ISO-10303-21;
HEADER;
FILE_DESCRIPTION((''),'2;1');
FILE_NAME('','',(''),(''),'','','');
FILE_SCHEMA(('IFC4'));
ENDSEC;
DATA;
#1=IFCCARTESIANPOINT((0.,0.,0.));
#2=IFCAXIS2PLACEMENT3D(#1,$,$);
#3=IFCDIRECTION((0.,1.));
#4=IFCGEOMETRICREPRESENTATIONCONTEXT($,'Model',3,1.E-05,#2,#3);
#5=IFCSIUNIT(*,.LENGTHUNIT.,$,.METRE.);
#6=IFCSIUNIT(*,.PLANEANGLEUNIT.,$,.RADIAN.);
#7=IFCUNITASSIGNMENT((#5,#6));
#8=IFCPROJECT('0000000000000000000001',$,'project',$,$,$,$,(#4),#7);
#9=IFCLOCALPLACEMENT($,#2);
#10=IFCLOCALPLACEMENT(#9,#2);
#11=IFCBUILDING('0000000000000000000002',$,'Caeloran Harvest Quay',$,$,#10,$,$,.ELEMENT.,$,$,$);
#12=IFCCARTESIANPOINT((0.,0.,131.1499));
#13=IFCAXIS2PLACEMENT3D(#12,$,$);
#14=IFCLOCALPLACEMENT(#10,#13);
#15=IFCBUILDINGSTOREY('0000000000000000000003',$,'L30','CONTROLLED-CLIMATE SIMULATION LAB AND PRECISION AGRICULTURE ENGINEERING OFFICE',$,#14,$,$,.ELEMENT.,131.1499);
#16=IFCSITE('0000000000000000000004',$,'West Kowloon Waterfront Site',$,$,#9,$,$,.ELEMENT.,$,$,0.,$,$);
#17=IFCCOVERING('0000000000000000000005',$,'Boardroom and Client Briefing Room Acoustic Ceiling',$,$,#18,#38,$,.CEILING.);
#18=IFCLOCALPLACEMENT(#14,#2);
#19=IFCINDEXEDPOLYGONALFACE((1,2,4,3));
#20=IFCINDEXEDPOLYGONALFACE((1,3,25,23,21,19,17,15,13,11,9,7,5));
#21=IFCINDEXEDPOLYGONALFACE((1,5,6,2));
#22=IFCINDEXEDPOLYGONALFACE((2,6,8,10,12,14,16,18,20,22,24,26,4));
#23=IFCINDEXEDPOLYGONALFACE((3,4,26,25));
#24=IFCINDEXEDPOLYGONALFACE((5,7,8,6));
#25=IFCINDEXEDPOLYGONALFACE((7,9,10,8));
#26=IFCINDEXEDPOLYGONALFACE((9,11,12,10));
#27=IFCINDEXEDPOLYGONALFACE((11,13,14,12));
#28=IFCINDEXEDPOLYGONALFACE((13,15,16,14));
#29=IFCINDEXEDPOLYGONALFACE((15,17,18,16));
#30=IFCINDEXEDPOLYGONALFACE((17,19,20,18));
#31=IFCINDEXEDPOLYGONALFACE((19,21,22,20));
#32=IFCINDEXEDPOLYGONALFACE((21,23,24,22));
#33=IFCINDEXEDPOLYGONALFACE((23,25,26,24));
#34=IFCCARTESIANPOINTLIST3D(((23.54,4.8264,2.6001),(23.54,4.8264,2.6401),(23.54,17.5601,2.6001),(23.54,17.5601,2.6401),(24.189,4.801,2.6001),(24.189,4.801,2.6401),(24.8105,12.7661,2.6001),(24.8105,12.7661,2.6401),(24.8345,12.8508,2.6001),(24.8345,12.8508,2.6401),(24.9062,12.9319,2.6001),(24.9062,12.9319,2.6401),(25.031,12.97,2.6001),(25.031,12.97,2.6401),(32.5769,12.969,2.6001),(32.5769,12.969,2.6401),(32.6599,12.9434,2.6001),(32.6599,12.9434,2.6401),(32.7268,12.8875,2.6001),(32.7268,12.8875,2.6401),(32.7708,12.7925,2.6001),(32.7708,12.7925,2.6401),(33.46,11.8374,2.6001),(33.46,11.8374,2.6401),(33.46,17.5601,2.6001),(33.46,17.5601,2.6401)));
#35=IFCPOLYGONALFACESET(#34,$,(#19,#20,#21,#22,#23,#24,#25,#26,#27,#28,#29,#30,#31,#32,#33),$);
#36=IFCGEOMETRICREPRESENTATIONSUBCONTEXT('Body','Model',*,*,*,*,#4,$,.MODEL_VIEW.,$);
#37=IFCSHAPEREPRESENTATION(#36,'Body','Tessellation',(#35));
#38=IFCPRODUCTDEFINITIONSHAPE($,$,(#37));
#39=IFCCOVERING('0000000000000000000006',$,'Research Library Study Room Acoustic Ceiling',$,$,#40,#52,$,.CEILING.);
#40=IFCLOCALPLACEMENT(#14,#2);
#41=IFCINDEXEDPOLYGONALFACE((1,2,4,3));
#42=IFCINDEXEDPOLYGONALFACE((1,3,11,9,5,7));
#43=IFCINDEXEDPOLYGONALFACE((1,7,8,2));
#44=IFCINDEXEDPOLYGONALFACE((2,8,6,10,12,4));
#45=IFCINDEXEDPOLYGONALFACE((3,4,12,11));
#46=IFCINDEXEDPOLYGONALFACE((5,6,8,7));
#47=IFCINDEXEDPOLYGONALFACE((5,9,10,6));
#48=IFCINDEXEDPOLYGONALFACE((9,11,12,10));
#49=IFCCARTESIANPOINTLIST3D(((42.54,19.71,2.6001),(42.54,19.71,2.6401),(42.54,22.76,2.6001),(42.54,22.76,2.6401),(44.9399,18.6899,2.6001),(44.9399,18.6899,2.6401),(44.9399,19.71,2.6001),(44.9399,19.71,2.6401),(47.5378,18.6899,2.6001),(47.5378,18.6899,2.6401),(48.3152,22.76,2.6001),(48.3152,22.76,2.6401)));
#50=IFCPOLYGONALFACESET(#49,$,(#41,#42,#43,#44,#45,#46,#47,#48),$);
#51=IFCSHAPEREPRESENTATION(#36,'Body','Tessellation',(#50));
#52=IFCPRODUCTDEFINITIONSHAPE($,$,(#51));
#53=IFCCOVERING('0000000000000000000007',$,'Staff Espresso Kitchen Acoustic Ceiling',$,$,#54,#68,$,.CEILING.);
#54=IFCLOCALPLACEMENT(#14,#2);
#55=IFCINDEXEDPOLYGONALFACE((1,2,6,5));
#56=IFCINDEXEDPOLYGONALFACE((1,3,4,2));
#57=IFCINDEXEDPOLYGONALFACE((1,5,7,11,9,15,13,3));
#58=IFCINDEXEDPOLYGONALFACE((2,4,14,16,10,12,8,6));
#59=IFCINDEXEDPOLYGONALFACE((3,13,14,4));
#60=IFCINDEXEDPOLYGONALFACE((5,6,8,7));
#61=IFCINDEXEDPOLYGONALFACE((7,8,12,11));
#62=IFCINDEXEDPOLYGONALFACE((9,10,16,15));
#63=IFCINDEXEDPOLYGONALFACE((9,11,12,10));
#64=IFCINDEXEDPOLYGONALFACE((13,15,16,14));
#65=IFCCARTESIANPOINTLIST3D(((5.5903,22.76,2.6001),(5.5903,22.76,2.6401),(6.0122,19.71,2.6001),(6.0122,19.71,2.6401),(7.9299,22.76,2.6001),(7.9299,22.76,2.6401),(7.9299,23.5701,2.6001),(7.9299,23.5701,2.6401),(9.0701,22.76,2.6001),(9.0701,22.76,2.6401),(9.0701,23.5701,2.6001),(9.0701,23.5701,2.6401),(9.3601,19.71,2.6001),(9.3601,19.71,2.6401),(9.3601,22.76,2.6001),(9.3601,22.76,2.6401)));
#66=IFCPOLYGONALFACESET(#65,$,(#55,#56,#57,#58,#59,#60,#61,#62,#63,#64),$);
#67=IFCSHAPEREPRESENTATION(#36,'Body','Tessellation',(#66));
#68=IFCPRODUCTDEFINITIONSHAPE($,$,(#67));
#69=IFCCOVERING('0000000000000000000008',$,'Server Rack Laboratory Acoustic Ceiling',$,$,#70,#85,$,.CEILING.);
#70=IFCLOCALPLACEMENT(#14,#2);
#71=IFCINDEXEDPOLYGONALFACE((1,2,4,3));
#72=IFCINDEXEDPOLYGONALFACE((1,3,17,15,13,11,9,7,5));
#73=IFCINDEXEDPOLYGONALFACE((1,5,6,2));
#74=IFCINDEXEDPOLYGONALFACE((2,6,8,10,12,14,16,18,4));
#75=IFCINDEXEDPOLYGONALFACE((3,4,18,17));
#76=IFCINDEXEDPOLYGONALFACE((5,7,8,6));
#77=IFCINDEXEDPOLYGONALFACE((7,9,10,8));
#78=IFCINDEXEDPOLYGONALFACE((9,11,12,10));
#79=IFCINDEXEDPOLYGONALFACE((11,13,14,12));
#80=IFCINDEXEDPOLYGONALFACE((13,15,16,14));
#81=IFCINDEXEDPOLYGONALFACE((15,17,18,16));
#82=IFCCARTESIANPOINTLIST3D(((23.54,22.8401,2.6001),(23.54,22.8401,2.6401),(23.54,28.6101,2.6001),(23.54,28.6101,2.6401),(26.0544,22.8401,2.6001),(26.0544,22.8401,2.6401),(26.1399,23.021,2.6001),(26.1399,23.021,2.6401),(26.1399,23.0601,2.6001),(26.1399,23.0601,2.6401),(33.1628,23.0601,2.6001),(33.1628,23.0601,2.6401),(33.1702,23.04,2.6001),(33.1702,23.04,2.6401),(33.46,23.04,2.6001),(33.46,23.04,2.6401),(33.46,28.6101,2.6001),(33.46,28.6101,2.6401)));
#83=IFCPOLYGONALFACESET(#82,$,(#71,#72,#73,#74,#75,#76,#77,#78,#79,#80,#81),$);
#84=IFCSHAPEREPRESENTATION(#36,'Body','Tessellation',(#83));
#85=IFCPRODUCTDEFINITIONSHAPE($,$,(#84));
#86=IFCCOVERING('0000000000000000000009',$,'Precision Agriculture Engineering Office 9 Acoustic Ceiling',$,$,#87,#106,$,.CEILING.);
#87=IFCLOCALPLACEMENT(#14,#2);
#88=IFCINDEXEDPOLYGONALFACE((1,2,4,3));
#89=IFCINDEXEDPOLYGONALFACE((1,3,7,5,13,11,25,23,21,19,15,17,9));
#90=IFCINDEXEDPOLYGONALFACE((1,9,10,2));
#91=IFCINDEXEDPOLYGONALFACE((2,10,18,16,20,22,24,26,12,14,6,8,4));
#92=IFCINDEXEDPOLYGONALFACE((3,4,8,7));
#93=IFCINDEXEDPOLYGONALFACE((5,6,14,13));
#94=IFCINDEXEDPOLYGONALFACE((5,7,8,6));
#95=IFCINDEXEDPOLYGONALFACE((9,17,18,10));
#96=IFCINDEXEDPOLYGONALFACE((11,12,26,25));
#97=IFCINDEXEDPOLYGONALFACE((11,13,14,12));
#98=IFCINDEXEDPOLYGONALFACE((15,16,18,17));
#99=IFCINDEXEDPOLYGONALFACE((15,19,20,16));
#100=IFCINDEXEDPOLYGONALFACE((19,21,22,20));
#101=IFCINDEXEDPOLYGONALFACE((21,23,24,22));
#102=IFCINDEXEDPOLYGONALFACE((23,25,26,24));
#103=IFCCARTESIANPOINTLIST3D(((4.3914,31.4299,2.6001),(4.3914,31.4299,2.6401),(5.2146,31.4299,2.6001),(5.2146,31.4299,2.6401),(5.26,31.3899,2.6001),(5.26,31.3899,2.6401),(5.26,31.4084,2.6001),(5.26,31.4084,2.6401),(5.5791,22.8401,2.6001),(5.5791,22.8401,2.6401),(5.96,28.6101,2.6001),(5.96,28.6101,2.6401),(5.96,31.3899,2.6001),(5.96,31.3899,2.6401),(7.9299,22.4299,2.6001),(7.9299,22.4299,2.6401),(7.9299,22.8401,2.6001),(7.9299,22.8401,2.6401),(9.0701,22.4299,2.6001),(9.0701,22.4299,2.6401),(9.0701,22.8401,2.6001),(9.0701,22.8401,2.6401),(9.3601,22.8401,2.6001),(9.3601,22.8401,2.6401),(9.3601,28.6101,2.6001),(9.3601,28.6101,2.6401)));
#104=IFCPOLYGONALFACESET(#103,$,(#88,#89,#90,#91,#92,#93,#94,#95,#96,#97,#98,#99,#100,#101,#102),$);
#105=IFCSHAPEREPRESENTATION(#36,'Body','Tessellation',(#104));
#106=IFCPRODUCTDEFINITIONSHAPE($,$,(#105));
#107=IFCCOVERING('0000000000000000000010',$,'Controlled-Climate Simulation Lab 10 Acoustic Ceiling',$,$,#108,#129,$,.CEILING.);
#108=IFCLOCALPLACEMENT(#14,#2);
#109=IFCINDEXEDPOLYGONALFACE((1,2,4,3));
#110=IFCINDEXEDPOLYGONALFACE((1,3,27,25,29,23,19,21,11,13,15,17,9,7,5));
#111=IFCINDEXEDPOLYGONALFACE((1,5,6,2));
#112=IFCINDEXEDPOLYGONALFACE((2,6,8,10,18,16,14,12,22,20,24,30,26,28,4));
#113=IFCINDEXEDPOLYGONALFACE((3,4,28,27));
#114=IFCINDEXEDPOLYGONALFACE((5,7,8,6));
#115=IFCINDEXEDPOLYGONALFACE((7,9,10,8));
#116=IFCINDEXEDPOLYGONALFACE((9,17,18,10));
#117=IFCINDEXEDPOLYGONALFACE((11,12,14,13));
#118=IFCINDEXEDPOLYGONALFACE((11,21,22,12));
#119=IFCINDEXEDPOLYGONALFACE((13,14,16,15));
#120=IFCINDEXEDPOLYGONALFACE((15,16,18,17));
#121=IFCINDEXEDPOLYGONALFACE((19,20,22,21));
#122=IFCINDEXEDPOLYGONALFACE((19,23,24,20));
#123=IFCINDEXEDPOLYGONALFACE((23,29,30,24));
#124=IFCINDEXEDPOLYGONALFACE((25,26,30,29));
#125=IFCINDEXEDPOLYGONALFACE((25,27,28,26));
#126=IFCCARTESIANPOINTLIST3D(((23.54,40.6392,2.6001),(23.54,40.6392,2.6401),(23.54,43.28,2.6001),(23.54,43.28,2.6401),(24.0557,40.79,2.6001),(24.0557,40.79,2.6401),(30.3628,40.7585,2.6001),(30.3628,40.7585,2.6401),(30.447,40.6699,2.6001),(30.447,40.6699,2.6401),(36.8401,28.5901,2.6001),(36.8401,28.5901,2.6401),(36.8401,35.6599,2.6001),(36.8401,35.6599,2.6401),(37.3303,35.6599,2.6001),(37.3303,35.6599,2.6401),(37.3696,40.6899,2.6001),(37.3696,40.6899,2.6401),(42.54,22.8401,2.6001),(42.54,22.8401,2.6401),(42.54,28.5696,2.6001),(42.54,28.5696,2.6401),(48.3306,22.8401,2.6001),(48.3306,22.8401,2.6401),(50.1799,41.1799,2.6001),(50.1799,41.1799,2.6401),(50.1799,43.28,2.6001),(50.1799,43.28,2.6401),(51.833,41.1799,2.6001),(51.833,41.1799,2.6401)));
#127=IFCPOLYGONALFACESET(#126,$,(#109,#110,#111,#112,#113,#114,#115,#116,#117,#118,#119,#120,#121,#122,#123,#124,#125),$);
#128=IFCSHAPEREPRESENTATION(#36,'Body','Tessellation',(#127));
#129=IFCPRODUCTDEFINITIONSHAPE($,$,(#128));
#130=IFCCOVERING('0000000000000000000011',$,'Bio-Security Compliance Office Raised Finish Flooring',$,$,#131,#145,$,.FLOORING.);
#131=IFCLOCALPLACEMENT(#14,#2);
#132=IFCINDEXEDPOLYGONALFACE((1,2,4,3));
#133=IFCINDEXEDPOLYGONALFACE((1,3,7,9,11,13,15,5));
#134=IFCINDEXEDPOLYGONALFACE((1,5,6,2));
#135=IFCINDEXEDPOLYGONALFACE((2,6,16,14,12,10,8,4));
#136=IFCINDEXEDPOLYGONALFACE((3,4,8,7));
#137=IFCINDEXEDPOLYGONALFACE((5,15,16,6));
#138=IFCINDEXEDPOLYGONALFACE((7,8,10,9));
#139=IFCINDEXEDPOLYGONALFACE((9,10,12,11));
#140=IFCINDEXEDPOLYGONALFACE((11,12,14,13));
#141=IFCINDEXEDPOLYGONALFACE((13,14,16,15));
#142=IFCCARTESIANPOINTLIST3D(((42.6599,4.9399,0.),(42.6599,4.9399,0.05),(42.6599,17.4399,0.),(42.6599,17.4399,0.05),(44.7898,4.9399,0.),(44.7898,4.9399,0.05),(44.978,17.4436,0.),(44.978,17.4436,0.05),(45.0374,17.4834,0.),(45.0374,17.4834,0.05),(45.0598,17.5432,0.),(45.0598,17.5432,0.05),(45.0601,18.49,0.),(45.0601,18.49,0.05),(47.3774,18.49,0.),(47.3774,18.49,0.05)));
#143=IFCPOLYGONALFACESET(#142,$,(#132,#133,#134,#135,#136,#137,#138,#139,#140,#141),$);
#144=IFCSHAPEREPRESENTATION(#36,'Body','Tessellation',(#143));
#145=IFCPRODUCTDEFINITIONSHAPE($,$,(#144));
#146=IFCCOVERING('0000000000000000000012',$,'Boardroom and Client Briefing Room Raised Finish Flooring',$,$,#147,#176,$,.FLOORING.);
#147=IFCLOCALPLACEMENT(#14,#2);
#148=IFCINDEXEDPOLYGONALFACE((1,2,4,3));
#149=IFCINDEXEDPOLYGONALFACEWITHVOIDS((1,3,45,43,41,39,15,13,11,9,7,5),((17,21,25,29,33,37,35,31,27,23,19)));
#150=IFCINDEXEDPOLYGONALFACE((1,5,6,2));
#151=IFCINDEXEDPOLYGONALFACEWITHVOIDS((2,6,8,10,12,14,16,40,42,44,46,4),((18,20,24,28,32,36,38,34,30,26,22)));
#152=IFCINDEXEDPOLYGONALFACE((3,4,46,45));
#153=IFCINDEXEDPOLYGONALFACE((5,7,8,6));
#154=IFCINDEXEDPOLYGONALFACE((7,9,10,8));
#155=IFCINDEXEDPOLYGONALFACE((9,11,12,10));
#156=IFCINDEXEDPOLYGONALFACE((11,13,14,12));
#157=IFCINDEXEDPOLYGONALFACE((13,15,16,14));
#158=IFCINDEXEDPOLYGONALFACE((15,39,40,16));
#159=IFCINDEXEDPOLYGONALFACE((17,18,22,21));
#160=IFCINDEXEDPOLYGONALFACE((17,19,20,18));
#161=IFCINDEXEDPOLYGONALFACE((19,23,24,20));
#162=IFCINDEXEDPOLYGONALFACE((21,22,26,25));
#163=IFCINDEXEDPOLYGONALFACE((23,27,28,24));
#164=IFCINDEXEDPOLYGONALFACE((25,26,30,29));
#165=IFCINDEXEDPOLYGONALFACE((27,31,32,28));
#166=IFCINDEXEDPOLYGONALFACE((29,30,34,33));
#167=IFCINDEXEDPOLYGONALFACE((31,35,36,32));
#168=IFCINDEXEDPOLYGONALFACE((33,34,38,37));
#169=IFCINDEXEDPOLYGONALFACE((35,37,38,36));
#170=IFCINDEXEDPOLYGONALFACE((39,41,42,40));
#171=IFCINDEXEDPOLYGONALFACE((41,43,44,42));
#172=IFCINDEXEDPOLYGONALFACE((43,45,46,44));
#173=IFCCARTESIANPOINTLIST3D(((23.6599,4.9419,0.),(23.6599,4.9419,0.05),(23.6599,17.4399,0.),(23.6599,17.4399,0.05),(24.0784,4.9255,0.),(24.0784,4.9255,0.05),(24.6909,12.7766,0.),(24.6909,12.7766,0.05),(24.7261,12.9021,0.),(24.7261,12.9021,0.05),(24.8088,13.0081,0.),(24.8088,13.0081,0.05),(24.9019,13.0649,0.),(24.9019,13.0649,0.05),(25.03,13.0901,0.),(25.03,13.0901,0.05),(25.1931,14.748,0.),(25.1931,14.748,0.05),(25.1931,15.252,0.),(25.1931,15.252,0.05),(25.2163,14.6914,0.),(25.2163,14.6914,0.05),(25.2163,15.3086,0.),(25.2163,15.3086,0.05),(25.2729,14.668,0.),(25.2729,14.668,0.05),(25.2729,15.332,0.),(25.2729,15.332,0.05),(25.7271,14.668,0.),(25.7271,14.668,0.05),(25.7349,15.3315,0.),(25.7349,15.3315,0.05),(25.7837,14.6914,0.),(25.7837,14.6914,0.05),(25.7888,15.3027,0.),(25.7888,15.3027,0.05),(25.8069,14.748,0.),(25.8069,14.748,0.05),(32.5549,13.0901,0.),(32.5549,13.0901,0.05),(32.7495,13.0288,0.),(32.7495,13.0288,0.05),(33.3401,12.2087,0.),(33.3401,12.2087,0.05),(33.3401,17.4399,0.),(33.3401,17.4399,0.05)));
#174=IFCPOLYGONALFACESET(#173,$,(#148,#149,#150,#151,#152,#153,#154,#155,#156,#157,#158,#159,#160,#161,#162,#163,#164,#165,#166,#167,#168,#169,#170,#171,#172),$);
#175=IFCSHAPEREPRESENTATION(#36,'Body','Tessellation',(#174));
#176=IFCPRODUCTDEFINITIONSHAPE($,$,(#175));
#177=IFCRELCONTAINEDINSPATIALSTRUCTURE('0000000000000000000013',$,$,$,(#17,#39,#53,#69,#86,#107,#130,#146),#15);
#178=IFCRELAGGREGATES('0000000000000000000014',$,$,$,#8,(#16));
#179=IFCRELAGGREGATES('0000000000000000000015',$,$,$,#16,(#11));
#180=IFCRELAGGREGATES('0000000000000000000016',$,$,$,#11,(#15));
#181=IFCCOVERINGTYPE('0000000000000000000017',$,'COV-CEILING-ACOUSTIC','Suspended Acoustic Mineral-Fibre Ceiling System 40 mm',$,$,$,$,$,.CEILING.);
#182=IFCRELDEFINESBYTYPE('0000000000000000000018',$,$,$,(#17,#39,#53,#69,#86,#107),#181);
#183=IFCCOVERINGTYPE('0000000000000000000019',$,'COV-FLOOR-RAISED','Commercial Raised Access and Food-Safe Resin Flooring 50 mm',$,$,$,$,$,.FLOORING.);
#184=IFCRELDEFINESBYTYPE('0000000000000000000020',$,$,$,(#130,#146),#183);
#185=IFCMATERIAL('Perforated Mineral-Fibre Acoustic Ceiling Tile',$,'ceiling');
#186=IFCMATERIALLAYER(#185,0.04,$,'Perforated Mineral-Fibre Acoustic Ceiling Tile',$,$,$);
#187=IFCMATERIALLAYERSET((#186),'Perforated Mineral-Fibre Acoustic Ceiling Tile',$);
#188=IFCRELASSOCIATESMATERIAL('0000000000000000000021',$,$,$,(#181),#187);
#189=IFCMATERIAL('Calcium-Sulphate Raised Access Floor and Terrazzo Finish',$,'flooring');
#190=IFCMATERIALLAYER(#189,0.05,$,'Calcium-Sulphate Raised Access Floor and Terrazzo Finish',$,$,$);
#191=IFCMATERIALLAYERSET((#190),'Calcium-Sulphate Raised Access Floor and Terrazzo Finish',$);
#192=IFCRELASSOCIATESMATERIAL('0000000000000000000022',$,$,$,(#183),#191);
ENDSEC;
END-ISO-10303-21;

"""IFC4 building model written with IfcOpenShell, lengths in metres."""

from ifc_helpers import new_model, si_unit, direction, frame, origin, place, context, subcontext, project, spatial, polyline, outline, extrude, material, layer, layer_set, type_object, element, save


model = new_model("IFC4")

# Units and contexts
model_context = context("Model", 3, precision=1e-05, world=origin(), true_north=direction((0.0, 1.0)))
body_context = subcontext(model_context, "Body", "Model", "MODEL_VIEW")
ifc_project = project(units=[si_unit("LENGTHUNIT", "METRE"), si_unit("PLANEANGLEUNIT", "RADIAN")], contexts=[model_context])

# Site, building, storey
site_placement = place(None, origin())
site = spatial("IfcSite", under=ifc_project, at=site_placement, Name="West Kowloon Waterfront Site", CompositionType="ELEMENT", RefElevation=0.0)
building_placement = place(site_placement, origin())
building = spatial("IfcBuilding", under=site, at=building_placement, Name="Caeloran Harvest Quay", CompositionType="ELEMENT")
storey_placement = place(building_placement, frame((0.0, 0.0, 131.1499)))
storey = spatial("IfcBuildingStorey", under=building, at=storey_placement, Name="L30", Description="CONTROLLED-CLIMATE SIMULATION LAB AND PRECISION AGRICULTURE ENGINEERING OFFICE", CompositionType="ELEMENT", Elevation=131.1499)

# Coverings
ifc_material_1 = material(Name="Perforated Mineral-Fibre Acoustic Ceiling Tile", Category="ceiling")
ifc_layer_1 = layer(ifc_material_1, 0.04, Name="Perforated Mineral-Fibre Acoustic Ceiling Tile")
ifc_layer_set_1 = layer_set([ifc_layer_1], Name="Perforated Mineral-Fibre Acoustic Ceiling Tile")
covering_type_1 = type_object("IfcCoveringType", Name="COV-CEILING-ACOUSTIC", Description="Suspended Acoustic Mineral-Fibre Ceiling System 40 mm", PredefinedType="CEILING", material=ifc_layer_set_1)
covering_1_placement = place(storey_placement, frame((0.0, 0.0, 2.6001)))
element("IfcCovering", 1, at=covering_1_placement, inside=storey, type_object=covering_type_1, Name="Boardroom and Client Briefing Room Acoustic Ceiling", PredefinedType="CEILING", context=body_context, shape_type="SweptSolid", body=[
    extrude(outline(polyline([(33.46, 11.8374), (32.7708, 12.7925), (32.7268, 12.8875), (32.6599, 12.9434), (32.5769, 12.969), (25.031, 12.97), (24.9062, 12.9319), (24.8345, 12.8508), (24.8105, 12.7661), (24.189, 4.801), (23.54, 4.8264), (23.54, 17.5601), (33.46, 17.5601), (33.46, 11.8374)])), origin(), (0.0, 0.0, 1.0), 0.04),
])
covering_2_placement = place(storey_placement, frame((0.0, 0.0, 2.6001)))
element("IfcCovering", 2, at=covering_2_placement, inside=storey, type_object=covering_type_1, Name="Research Library Study Room Acoustic Ceiling", PredefinedType="CEILING", context=body_context, shape_type="SweptSolid", body=[
    extrude(outline(polyline([(44.9399, 19.71), (42.54, 19.71), (42.54, 22.76), (48.3152, 22.76), (47.5378, 18.6899), (44.9399, 18.6899), (44.9399, 19.71)])), origin(), (0.0, 0.0, 1.0), 0.04),
])
covering_3_placement = place(storey_placement, frame((0.0, 0.0, 2.6001)))
element("IfcCovering", 3, at=covering_3_placement, inside=storey, type_object=covering_type_1, Name="Staff Espresso Kitchen Acoustic Ceiling", PredefinedType="CEILING", context=body_context, shape_type="SweptSolid", body=[
    extrude(outline(polyline([(9.3601, 22.76), (9.3601, 19.71), (6.0122, 19.71), (5.5903, 22.76), (7.9299, 22.76), (7.9299, 23.5701), (9.0701, 23.5701), (9.0701, 22.76), (9.3601, 22.76)])), origin(), (0.0, 0.0, 1.0), 0.04),
])
covering_4_placement = place(storey_placement, frame((0.0, 0.0, 2.6001)))
element("IfcCovering", 4, at=covering_4_placement, inside=storey, type_object=covering_type_1, Name="Server Rack Laboratory Acoustic Ceiling", PredefinedType="CEILING", context=body_context, shape_type="SweptSolid", body=[
    extrude(outline(polyline([(26.1399, 23.0601), (26.1399, 23.021), (26.0544, 22.8401), (23.54, 22.8401), (23.54, 28.6101), (33.46, 28.6101), (33.46, 23.04), (33.1702, 23.04), (33.1628, 23.0601), (26.1399, 23.0601)])), origin(), (0.0, 0.0, 1.0), 0.04),
])
covering_5_placement = place(storey_placement, frame((0.0, 0.0, 2.6001)))
element("IfcCovering", 5, at=covering_5_placement, inside=storey, type_object=covering_type_1, Name="Precision Agriculture Engineering Office 9 Acoustic Ceiling", PredefinedType="CEILING", context=body_context, shape_type="SweptSolid", body=[
    extrude(outline(polyline([(9.0701, 22.4299), (7.9299, 22.4299), (7.9299, 22.8401), (5.5791, 22.8401), (4.3914, 31.4299), (5.2146, 31.4299), (5.26, 31.4084), (5.26, 31.3899), (5.96, 31.3899), (5.96, 28.6101), (9.3601, 28.6101), (9.3601, 22.8401), (9.0701, 22.8401), (9.0701, 22.4299)])), origin(), (0.0, 0.0, 1.0), 0.04),
])
covering_6_placement = place(storey_placement, frame((0.0, 0.0, 2.6001)))
element("IfcCovering", 6, at=covering_6_placement, inside=storey, type_object=covering_type_1, Name="Controlled-Climate Simulation Lab 10 Acoustic Ceiling", PredefinedType="CEILING", context=body_context, shape_type="SweptSolid", body=[
    extrude(outline(polyline([(50.1799, 43.28), (50.1799, 41.1799), (51.833, 41.1799), (48.3306, 22.8401), (42.54, 22.8401), (42.54, 28.5696), (36.8401, 28.5901), (36.8401, 35.6599), (37.3303, 35.6599), (37.3696, 40.6899), (30.447, 40.6699), (30.3628, 40.7585), (24.0557, 40.79), (23.54, 40.6392), (23.54, 43.28), (50.1799, 43.28)])), origin(), (0.0, 0.0, 1.0), 0.04),
])
ifc_material_2 = material(Name="Calcium-Sulphate Raised Access Floor and Terrazzo Finish", Category="flooring")
ifc_layer_2 = layer(ifc_material_2, 0.05, Name="Calcium-Sulphate Raised Access Floor and Terrazzo Finish")
ifc_layer_set_2 = layer_set([ifc_layer_2], Name="Calcium-Sulphate Raised Access Floor and Terrazzo Finish")
covering_type_2 = type_object("IfcCoveringType", Name="COV-FLOOR-RAISED", Description="Commercial Raised Access and Food-Safe Resin Flooring 50 mm", PredefinedType="FLOORING", material=ifc_layer_set_2)
covering_7_placement = place(storey_placement, origin())
element("IfcCovering", 7, at=covering_7_placement, inside=storey, type_object=covering_type_2, Name="Bio-Security Compliance Office Raised Finish Flooring", PredefinedType="FLOORING", context=body_context, shape_type="SweptSolid", body=[
    extrude(outline(polyline([(44.978, 17.4436), (45.0374, 17.4834), (45.0598, 17.5432), (45.0601, 18.49), (47.3774, 18.49), (44.7898, 4.9399), (42.6599, 4.9399), (42.6599, 17.4399), (44.978, 17.4436)])), origin(), (0.0, 0.0, 1.0), 0.05),
])
covering_8_placement = place(storey_placement, origin())
element("IfcCovering", 8, at=covering_8_placement, inside=storey, type_object=covering_type_2, Name="Boardroom and Client Briefing Room Raised Finish Flooring", PredefinedType="FLOORING", context=body_context, shape_type="SweptSolid", body=[
    extrude(outline(polyline([(33.3401, 12.2087), (32.7495, 13.0288), (32.5549, 13.0901), (25.03, 13.0901), (24.9019, 13.0649), (24.8088, 13.0081), (24.7261, 12.9021), (24.6909, 12.7766), (24.0784, 4.9255), (23.6599, 4.9419), (23.6599, 17.4399), (33.3401, 17.4399), (33.3401, 12.2087)]), holes=[polyline([(25.8069, 14.748), (25.7888, 15.3027), (25.7349, 15.3315), (25.2729, 15.332), (25.2163, 15.3086), (25.1931, 15.252), (25.1931, 14.748), (25.2163, 14.6914), (25.2729, 14.668), (25.7271, 14.668), (25.7837, 14.6914), (25.8069, 14.748)])]), origin(), (0.0, 0.0, 1.0), 0.05),
])

save(model, "model.ifc")
